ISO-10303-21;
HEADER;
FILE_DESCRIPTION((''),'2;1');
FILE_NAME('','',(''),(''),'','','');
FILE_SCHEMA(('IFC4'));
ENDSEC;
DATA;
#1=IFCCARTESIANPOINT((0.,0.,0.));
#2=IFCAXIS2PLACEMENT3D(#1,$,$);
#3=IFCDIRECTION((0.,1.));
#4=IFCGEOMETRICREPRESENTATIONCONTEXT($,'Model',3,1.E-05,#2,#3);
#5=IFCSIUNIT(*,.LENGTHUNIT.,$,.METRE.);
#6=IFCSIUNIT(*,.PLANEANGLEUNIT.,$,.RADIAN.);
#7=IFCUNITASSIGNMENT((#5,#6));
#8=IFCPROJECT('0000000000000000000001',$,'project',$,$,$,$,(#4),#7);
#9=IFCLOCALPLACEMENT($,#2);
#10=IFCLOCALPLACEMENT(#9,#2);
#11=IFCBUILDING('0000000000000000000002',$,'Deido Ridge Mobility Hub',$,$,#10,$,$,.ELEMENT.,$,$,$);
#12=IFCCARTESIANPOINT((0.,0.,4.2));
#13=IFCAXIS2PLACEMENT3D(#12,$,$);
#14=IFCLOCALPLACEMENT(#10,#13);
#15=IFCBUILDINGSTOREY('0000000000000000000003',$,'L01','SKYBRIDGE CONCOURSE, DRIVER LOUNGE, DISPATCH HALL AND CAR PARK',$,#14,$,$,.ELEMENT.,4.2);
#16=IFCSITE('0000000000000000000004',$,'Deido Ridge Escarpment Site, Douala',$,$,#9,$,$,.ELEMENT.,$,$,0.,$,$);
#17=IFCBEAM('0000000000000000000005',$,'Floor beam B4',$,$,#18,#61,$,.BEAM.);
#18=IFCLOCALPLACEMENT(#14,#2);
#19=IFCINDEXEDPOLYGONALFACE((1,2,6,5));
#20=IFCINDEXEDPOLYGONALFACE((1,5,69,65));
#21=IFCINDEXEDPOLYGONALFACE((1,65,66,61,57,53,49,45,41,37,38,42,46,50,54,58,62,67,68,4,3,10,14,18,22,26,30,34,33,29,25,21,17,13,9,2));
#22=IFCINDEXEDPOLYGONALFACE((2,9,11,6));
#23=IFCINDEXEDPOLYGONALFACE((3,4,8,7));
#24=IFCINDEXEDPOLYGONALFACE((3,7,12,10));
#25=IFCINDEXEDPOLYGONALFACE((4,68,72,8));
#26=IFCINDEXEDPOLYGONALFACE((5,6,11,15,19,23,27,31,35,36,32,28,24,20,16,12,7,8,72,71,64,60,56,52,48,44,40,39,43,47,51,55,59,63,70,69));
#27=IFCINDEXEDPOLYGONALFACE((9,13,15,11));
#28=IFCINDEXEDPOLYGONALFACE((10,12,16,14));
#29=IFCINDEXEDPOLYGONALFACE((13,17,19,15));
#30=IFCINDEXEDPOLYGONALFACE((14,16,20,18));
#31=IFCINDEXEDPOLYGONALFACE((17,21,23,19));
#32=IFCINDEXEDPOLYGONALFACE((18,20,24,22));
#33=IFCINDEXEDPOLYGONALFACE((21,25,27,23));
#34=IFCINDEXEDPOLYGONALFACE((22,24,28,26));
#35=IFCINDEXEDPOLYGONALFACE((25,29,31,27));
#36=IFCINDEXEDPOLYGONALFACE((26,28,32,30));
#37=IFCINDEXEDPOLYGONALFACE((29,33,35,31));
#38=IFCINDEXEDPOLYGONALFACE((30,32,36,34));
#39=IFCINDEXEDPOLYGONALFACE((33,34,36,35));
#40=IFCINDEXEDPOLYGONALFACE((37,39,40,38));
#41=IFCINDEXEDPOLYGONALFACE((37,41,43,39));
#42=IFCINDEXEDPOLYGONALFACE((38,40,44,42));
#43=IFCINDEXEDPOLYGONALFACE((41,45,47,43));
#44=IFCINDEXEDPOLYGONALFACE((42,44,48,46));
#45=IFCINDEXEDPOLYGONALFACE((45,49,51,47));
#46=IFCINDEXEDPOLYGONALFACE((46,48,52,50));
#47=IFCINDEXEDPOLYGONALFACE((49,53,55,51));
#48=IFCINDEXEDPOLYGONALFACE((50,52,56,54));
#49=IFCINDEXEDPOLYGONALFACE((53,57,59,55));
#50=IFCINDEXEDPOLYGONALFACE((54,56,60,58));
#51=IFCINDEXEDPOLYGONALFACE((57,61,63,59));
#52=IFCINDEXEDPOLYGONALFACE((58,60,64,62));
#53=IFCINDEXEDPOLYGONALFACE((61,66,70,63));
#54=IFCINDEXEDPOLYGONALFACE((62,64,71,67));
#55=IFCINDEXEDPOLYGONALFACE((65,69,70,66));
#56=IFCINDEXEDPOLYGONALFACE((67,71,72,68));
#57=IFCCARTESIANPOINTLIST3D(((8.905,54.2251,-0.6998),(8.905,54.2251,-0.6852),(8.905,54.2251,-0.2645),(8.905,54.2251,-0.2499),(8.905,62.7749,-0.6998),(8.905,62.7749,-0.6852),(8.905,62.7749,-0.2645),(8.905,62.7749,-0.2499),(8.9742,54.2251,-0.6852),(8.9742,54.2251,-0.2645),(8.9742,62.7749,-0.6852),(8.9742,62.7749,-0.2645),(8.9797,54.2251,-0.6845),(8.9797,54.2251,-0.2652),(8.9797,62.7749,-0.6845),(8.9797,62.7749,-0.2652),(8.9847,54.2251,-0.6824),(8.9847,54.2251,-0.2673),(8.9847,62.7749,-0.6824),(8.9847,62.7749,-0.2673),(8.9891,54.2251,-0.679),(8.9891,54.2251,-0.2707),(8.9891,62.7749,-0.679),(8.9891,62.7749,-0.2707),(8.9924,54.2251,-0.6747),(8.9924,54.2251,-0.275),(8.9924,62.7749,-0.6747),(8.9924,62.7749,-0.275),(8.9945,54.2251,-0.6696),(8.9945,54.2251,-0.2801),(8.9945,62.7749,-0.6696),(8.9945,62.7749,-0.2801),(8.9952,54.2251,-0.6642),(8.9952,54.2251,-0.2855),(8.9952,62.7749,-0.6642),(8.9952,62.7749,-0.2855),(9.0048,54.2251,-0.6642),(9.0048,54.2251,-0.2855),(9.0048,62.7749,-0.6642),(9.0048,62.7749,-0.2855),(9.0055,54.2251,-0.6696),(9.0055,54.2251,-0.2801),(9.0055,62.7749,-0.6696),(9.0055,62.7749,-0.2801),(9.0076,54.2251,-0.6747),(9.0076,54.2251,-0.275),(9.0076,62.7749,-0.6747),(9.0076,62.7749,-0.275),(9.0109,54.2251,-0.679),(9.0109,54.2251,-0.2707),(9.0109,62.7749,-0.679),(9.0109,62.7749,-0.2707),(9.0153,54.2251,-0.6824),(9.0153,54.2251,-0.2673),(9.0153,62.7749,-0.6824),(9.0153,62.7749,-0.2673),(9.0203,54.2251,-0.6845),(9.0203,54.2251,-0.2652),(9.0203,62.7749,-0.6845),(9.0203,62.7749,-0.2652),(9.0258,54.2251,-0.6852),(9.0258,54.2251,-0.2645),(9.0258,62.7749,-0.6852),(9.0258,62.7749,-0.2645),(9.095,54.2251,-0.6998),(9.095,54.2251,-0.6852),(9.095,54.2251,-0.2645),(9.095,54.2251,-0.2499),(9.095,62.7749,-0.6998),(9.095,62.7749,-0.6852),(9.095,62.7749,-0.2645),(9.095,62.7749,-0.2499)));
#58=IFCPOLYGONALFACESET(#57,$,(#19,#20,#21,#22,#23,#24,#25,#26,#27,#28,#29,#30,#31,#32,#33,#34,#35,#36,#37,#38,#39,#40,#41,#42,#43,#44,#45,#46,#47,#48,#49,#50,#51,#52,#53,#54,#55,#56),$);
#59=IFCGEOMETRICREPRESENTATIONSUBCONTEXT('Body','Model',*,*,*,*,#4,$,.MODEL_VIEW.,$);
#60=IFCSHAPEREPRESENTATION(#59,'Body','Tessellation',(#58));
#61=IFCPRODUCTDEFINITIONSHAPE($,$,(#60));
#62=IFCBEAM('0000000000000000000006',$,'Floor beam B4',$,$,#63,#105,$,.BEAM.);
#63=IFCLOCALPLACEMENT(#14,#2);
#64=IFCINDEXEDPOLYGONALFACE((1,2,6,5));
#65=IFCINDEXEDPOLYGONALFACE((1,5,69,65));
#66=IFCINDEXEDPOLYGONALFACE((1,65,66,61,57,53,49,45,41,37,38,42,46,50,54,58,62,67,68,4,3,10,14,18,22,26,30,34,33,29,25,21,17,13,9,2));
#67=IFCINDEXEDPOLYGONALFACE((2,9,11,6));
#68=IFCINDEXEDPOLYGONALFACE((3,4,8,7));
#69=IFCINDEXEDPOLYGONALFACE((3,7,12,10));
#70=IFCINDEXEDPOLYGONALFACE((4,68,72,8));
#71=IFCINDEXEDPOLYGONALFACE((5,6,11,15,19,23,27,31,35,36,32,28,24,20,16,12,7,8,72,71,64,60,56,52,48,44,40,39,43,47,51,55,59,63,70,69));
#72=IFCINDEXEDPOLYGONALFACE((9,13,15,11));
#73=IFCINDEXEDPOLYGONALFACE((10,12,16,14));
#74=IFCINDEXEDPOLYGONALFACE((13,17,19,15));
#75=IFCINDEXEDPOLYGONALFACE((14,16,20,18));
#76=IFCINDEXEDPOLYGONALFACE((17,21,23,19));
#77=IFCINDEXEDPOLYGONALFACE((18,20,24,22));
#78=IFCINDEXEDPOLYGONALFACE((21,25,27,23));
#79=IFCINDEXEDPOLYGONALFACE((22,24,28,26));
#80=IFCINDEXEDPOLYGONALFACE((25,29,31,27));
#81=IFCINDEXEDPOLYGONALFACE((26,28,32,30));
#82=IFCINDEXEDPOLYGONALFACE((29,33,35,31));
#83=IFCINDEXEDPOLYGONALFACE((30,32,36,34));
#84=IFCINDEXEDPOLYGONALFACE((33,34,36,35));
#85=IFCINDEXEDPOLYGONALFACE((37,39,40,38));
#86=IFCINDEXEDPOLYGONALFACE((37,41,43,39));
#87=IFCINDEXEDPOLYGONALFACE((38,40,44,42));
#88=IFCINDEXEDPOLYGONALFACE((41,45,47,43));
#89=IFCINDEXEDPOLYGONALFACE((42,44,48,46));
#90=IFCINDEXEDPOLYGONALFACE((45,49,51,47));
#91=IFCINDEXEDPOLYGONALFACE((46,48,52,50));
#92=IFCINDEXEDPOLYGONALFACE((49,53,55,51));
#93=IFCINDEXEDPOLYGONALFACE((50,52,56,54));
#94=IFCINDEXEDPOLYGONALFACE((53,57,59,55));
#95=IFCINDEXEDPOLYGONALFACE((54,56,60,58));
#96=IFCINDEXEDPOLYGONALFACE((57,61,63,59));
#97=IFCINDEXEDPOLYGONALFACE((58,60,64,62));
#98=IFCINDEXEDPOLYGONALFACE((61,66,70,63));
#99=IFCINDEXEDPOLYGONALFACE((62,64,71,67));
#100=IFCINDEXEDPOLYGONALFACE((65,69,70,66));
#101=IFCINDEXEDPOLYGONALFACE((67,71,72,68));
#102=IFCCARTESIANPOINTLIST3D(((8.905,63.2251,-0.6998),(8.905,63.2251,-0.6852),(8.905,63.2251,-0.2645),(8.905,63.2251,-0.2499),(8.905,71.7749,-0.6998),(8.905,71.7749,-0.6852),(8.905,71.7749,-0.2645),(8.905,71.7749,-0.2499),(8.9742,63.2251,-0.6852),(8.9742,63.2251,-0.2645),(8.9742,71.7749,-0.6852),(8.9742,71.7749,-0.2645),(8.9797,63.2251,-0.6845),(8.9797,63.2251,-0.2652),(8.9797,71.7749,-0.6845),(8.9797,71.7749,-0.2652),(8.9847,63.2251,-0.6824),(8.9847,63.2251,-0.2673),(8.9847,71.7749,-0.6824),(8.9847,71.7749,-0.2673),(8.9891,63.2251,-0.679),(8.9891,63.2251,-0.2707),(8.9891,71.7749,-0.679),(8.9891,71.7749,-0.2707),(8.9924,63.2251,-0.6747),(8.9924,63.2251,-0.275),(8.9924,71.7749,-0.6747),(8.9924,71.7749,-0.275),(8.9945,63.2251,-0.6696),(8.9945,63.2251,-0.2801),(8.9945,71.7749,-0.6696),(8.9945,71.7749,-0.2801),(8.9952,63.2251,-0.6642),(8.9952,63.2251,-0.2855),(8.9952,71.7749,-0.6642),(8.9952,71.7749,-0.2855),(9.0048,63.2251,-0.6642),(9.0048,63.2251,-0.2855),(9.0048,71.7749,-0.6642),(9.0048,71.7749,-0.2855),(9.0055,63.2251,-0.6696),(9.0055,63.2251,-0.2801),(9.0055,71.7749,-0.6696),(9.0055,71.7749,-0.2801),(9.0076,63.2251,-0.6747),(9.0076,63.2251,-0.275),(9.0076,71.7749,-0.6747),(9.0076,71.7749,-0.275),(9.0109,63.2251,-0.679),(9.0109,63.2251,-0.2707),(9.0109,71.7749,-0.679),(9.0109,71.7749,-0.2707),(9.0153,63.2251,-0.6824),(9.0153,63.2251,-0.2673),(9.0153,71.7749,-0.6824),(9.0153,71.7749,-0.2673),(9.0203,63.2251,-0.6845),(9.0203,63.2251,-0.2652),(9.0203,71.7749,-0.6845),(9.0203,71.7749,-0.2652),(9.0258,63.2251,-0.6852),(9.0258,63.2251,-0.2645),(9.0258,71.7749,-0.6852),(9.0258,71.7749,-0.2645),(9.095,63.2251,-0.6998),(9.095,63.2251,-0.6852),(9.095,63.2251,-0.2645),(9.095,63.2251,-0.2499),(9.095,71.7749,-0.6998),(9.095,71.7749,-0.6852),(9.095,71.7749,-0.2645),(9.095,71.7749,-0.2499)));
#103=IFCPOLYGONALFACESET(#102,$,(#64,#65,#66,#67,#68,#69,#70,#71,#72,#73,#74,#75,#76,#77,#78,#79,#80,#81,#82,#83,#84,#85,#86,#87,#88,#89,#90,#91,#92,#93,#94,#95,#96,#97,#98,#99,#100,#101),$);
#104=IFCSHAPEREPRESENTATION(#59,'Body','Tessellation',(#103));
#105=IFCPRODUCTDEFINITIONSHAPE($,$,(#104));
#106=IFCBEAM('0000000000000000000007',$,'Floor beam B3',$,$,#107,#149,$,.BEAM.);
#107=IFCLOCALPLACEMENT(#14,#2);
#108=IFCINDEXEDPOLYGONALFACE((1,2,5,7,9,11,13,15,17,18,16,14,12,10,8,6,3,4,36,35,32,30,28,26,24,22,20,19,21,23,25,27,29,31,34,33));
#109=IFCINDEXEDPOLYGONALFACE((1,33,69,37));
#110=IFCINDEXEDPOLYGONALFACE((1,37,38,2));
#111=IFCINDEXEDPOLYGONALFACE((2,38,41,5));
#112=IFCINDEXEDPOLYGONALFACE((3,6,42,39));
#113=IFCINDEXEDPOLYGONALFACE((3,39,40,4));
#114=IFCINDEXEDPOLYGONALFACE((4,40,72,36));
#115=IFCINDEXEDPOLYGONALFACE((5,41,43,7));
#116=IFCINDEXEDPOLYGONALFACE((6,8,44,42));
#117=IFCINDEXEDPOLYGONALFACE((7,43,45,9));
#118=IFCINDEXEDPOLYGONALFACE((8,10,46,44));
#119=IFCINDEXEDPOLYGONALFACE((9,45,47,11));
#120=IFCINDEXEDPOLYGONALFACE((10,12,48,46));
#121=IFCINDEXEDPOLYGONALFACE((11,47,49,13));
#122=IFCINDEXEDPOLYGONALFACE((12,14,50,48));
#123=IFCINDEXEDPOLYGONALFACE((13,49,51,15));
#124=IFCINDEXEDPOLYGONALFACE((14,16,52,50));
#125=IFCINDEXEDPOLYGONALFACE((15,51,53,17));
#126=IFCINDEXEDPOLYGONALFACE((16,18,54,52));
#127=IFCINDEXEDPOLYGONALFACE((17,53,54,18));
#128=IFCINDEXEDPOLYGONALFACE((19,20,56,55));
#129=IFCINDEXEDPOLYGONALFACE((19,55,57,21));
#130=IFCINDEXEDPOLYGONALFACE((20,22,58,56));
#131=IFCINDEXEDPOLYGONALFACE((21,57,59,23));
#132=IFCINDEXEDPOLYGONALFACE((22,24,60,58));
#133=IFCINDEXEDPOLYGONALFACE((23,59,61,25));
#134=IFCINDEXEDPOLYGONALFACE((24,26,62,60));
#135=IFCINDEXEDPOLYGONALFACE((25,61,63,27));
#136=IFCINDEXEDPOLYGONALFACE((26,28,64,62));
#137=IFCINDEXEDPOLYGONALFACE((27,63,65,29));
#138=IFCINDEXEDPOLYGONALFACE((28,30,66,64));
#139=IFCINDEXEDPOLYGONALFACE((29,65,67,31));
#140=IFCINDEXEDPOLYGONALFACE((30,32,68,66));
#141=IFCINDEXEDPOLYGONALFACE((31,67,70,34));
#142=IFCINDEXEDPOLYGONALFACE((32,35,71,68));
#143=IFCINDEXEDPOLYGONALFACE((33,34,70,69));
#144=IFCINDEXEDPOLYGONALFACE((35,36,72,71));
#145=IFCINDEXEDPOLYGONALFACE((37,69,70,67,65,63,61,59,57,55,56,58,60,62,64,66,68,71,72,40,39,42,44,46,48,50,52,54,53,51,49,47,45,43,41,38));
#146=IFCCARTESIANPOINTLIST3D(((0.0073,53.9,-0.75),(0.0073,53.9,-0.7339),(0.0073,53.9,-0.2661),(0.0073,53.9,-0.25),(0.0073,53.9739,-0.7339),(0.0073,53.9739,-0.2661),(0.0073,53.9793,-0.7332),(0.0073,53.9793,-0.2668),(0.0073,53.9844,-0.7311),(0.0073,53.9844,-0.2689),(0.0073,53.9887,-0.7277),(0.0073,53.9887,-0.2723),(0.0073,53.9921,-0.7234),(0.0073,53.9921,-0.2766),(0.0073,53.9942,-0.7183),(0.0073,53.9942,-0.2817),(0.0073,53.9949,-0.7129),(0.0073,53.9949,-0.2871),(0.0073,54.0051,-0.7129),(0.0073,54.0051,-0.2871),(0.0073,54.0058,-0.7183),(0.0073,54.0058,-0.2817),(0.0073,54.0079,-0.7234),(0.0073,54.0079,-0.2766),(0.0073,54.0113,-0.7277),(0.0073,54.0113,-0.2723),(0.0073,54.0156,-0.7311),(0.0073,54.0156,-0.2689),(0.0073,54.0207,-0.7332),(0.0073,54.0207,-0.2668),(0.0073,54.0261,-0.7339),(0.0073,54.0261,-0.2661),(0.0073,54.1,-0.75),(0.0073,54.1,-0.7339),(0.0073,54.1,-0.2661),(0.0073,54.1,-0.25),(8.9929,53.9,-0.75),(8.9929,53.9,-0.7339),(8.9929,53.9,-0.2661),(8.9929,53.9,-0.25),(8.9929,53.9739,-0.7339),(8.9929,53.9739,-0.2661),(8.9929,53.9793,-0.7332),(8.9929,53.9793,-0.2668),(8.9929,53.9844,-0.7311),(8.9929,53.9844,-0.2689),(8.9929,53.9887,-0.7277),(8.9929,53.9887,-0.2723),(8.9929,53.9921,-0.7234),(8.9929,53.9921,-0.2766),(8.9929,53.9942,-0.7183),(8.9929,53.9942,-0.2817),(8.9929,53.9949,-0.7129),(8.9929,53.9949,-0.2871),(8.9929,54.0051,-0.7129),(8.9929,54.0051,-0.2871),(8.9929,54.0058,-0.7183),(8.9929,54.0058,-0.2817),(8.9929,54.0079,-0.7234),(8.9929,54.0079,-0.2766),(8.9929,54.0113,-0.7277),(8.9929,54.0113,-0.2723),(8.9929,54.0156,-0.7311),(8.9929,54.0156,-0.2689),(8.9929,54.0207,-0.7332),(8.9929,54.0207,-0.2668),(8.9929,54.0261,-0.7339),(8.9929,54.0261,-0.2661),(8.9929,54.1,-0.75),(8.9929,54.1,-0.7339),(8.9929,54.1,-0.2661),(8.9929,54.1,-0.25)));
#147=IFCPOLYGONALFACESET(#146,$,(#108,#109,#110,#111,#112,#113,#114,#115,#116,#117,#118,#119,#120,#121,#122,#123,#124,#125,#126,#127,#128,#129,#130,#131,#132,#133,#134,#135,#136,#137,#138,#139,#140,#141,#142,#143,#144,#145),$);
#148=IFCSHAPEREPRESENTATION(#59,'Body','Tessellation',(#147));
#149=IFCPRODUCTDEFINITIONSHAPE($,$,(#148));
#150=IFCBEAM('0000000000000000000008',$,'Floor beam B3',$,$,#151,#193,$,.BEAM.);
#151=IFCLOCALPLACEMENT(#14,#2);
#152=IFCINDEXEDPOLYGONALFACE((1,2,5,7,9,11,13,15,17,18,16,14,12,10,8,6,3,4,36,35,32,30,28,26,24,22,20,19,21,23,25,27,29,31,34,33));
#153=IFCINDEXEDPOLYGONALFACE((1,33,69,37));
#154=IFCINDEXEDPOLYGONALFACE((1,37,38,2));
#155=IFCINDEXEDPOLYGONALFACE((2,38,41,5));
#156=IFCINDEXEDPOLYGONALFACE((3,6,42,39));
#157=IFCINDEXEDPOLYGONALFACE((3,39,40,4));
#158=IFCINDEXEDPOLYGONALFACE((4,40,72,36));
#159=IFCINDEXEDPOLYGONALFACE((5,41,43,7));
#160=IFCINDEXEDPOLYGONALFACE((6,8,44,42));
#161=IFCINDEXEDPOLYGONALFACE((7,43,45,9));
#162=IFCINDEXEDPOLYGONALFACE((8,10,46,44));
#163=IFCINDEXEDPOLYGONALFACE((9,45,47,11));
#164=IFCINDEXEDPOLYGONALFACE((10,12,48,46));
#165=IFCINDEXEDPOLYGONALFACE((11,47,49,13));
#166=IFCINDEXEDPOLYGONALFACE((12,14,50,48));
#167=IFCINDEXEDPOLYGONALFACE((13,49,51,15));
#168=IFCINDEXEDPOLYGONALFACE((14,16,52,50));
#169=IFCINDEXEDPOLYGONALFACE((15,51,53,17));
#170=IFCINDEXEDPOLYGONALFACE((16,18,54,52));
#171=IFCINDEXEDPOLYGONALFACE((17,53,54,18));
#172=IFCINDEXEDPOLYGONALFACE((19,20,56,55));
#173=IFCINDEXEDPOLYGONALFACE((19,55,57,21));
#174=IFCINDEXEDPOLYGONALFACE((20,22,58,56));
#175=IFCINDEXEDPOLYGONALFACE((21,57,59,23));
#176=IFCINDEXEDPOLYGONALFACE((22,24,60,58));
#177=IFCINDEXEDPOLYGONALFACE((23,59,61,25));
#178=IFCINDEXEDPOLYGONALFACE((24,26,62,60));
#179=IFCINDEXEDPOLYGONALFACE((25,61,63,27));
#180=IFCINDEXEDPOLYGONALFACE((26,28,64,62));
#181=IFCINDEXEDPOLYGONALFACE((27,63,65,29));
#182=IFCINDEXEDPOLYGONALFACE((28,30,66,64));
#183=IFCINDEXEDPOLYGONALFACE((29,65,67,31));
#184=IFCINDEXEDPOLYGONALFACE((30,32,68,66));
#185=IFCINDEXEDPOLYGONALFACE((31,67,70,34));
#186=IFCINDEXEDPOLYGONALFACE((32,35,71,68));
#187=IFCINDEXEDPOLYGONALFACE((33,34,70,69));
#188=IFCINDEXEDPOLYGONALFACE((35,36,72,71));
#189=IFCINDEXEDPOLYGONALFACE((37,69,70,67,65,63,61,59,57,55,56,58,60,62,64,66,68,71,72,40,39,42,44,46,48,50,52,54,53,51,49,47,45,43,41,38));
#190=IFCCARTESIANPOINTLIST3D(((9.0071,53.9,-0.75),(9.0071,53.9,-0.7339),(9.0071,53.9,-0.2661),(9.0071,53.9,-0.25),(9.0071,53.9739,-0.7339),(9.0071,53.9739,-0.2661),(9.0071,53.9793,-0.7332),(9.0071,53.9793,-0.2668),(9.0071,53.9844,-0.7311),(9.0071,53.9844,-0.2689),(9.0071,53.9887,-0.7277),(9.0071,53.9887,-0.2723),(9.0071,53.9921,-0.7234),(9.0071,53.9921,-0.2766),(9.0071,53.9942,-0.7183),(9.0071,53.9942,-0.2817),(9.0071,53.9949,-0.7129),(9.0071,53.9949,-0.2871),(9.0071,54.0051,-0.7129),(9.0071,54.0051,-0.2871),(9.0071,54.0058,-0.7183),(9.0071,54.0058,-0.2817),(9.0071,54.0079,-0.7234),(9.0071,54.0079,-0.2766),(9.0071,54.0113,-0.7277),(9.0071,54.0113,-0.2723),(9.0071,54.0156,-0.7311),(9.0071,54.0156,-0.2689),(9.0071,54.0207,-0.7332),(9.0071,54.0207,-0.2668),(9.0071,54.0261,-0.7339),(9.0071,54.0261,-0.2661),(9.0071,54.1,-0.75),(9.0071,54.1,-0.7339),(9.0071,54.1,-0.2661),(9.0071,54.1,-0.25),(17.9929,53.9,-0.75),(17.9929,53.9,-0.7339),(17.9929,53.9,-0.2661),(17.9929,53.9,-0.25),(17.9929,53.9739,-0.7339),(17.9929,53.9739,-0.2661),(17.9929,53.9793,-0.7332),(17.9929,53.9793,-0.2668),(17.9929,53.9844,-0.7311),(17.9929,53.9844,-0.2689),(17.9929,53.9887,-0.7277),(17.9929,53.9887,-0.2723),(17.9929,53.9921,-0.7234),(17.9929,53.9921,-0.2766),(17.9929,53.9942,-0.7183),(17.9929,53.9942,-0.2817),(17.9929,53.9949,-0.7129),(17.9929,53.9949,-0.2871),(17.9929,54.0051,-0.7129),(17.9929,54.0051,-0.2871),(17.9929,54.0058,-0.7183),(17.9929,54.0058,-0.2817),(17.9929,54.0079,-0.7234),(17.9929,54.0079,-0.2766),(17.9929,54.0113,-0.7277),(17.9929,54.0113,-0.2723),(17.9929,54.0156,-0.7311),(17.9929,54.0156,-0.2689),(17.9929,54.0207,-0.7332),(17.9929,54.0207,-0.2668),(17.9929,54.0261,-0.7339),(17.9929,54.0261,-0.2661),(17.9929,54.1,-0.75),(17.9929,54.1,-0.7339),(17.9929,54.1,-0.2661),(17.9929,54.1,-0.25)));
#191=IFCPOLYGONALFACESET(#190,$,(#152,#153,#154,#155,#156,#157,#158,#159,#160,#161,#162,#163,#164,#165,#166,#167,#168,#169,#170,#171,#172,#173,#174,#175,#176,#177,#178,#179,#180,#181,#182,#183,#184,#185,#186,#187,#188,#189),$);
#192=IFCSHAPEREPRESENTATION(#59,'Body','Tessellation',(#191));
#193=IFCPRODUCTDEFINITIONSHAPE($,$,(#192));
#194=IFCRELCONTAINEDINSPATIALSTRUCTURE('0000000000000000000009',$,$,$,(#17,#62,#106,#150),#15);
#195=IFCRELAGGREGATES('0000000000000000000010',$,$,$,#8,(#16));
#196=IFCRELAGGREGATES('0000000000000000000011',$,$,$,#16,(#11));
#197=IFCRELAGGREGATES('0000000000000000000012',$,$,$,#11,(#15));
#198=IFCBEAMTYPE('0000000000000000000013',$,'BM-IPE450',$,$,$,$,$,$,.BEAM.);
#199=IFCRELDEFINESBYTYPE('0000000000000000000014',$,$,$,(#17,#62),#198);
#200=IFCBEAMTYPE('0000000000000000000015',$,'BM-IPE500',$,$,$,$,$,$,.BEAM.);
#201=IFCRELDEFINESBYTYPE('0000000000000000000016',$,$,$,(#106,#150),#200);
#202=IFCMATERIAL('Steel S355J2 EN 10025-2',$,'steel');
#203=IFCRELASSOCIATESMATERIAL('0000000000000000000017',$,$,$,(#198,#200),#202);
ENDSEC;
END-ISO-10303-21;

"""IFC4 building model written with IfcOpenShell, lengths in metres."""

from ifc_helpers import new_model, si_unit, direction, frame, origin, origin_2d, place, context, subcontext, project, spatial, i_section, extrude, material, material_profile, profile_set, type_object, element, save


model = new_model("IFC4")

# Units and contexts
model_context = context("Model", 3, precision=1e-05, world=origin(), true_north=direction((0.0, 1.0)))
body_context = subcontext(model_context, "Body", "Model", "MODEL_VIEW")
ifc_project = project(units=[si_unit("LENGTHUNIT", "METRE"), si_unit("PLANEANGLEUNIT", "RADIAN")], contexts=[model_context])

# Site, building, storey
site_placement = place(None, origin())
site = spatial("IfcSite", under=ifc_project, at=site_placement, Name="Deido Ridge Escarpment Site, Douala", CompositionType="ELEMENT", RefElevation=0.0)
building_placement = place(site_placement, origin())
building = spatial("IfcBuilding", under=site, at=building_placement, Name="Deido Ridge Mobility Hub", CompositionType="ELEMENT")
storey_placement = place(building_placement, frame((0.0, 0.0, 4.2)))
storey = spatial("IfcBuildingStorey", under=building, at=storey_placement, Name="L01", Description="SKYBRIDGE CONCOURSE, DRIVER LOUNGE, DISPATCH HALL AND CAR PARK", CompositionType="ELEMENT", Elevation=4.2)

# Shared definitions
ifc_material_1 = material(Name="Steel S355J2 EN 10025-2", Category="steel")

# Beams
ifc_material_profile_1 = material_profile(ifc_material_1, i_section(OverallWidth=0.1899, OverallDepth=0.45, WebThickness=0.0095, FlangeThickness=0.0146, FilletRadius=0.021, at=origin_2d()), Name="IPE 450")
ifc_profile_set_1 = profile_set([ifc_material_profile_1], Name="Steel S355J2 EN 10025-2")
beam_type_1 = type_object("IfcBeamType", Name="BM-IPE450", PredefinedType="BEAM", material=ifc_profile_set_1)
for number, where, z_axis, x_axis, name in (
    (1, (9.0, 54.2251, -0.4749), (0.0, 1.0, 0.0), (-1.0, 0.0, 0.0), "Floor beam B4"),
    (2, (9.0, 63.2251, -0.4749), (0.0, 1.0, 0.0), (-1.0, 0.0, 0.0), "Floor beam B4"),
):
    element("IfcBeam", number, at=place(storey_placement, frame(where, z_axis=z_axis, x_axis=x_axis)), inside=storey, type_object=beam_type_1, Name=name, PredefinedType="BEAM", context=body_context, shape_type="SweptSolid", body=[
        extrude(i_section(OverallWidth=0.1899, OverallDepth=0.45, WebThickness=0.0095, FlangeThickness=0.0146, FilletRadius=0.021, at=origin_2d()), origin(), (0.0, 0.0, 1.0), 8.5498),
    ])
ifc_material_profile_2 = material_profile(ifc_material_1, i_section(OverallWidth=0.2, OverallDepth=0.5, WebThickness=0.0103, FlangeThickness=0.0161, FilletRadius=0.021, at=origin_2d()), Name="IPE 500")
ifc_profile_set_2 = profile_set([ifc_material_profile_2], Name="Steel S355J2 EN 10025-2")
beam_type_2 = type_object("IfcBeamType", Name="BM-IPE500", PredefinedType="BEAM", material=ifc_profile_set_2)
beam_1_placement = place(storey_placement, frame((0.0073, 54.0, -0.5), z_axis=(1.0, 0.0, 0.0), x_axis=(0.0, 1.0, 0.0)))
element("IfcBeam", 3, at=beam_1_placement, inside=storey, type_object=beam_type_2, Name="Floor beam B3", PredefinedType="BEAM", context=body_context, shape_type="SweptSolid", body=[
    extrude(i_section(OverallWidth=0.2, OverallDepth=0.5, WebThickness=0.0103, FlangeThickness=0.0161, FilletRadius=0.021, at=origin_2d()), origin(), (0.0, 0.0, 1.0), 8.9856),
])
beam_2_placement = place(storey_placement, frame((9.0071, 54.0, -0.5), z_axis=(1.0, 0.0, 0.0), x_axis=(0.0, 1.0, 0.0)))
element("IfcBeam", 4, at=beam_2_placement, inside=storey, type_object=beam_type_2, Name="Floor beam B3", PredefinedType="BEAM", context=body_context, shape_type="SweptSolid", body=[
    extrude(i_section(OverallWidth=0.2, OverallDepth=0.5, WebThickness=0.0103, FlangeThickness=0.0161, FilletRadius=0.021, at=origin_2d()), origin(), (0.0, 0.0, 1.0), 8.9858),
])

save(model, "model.ifc")
